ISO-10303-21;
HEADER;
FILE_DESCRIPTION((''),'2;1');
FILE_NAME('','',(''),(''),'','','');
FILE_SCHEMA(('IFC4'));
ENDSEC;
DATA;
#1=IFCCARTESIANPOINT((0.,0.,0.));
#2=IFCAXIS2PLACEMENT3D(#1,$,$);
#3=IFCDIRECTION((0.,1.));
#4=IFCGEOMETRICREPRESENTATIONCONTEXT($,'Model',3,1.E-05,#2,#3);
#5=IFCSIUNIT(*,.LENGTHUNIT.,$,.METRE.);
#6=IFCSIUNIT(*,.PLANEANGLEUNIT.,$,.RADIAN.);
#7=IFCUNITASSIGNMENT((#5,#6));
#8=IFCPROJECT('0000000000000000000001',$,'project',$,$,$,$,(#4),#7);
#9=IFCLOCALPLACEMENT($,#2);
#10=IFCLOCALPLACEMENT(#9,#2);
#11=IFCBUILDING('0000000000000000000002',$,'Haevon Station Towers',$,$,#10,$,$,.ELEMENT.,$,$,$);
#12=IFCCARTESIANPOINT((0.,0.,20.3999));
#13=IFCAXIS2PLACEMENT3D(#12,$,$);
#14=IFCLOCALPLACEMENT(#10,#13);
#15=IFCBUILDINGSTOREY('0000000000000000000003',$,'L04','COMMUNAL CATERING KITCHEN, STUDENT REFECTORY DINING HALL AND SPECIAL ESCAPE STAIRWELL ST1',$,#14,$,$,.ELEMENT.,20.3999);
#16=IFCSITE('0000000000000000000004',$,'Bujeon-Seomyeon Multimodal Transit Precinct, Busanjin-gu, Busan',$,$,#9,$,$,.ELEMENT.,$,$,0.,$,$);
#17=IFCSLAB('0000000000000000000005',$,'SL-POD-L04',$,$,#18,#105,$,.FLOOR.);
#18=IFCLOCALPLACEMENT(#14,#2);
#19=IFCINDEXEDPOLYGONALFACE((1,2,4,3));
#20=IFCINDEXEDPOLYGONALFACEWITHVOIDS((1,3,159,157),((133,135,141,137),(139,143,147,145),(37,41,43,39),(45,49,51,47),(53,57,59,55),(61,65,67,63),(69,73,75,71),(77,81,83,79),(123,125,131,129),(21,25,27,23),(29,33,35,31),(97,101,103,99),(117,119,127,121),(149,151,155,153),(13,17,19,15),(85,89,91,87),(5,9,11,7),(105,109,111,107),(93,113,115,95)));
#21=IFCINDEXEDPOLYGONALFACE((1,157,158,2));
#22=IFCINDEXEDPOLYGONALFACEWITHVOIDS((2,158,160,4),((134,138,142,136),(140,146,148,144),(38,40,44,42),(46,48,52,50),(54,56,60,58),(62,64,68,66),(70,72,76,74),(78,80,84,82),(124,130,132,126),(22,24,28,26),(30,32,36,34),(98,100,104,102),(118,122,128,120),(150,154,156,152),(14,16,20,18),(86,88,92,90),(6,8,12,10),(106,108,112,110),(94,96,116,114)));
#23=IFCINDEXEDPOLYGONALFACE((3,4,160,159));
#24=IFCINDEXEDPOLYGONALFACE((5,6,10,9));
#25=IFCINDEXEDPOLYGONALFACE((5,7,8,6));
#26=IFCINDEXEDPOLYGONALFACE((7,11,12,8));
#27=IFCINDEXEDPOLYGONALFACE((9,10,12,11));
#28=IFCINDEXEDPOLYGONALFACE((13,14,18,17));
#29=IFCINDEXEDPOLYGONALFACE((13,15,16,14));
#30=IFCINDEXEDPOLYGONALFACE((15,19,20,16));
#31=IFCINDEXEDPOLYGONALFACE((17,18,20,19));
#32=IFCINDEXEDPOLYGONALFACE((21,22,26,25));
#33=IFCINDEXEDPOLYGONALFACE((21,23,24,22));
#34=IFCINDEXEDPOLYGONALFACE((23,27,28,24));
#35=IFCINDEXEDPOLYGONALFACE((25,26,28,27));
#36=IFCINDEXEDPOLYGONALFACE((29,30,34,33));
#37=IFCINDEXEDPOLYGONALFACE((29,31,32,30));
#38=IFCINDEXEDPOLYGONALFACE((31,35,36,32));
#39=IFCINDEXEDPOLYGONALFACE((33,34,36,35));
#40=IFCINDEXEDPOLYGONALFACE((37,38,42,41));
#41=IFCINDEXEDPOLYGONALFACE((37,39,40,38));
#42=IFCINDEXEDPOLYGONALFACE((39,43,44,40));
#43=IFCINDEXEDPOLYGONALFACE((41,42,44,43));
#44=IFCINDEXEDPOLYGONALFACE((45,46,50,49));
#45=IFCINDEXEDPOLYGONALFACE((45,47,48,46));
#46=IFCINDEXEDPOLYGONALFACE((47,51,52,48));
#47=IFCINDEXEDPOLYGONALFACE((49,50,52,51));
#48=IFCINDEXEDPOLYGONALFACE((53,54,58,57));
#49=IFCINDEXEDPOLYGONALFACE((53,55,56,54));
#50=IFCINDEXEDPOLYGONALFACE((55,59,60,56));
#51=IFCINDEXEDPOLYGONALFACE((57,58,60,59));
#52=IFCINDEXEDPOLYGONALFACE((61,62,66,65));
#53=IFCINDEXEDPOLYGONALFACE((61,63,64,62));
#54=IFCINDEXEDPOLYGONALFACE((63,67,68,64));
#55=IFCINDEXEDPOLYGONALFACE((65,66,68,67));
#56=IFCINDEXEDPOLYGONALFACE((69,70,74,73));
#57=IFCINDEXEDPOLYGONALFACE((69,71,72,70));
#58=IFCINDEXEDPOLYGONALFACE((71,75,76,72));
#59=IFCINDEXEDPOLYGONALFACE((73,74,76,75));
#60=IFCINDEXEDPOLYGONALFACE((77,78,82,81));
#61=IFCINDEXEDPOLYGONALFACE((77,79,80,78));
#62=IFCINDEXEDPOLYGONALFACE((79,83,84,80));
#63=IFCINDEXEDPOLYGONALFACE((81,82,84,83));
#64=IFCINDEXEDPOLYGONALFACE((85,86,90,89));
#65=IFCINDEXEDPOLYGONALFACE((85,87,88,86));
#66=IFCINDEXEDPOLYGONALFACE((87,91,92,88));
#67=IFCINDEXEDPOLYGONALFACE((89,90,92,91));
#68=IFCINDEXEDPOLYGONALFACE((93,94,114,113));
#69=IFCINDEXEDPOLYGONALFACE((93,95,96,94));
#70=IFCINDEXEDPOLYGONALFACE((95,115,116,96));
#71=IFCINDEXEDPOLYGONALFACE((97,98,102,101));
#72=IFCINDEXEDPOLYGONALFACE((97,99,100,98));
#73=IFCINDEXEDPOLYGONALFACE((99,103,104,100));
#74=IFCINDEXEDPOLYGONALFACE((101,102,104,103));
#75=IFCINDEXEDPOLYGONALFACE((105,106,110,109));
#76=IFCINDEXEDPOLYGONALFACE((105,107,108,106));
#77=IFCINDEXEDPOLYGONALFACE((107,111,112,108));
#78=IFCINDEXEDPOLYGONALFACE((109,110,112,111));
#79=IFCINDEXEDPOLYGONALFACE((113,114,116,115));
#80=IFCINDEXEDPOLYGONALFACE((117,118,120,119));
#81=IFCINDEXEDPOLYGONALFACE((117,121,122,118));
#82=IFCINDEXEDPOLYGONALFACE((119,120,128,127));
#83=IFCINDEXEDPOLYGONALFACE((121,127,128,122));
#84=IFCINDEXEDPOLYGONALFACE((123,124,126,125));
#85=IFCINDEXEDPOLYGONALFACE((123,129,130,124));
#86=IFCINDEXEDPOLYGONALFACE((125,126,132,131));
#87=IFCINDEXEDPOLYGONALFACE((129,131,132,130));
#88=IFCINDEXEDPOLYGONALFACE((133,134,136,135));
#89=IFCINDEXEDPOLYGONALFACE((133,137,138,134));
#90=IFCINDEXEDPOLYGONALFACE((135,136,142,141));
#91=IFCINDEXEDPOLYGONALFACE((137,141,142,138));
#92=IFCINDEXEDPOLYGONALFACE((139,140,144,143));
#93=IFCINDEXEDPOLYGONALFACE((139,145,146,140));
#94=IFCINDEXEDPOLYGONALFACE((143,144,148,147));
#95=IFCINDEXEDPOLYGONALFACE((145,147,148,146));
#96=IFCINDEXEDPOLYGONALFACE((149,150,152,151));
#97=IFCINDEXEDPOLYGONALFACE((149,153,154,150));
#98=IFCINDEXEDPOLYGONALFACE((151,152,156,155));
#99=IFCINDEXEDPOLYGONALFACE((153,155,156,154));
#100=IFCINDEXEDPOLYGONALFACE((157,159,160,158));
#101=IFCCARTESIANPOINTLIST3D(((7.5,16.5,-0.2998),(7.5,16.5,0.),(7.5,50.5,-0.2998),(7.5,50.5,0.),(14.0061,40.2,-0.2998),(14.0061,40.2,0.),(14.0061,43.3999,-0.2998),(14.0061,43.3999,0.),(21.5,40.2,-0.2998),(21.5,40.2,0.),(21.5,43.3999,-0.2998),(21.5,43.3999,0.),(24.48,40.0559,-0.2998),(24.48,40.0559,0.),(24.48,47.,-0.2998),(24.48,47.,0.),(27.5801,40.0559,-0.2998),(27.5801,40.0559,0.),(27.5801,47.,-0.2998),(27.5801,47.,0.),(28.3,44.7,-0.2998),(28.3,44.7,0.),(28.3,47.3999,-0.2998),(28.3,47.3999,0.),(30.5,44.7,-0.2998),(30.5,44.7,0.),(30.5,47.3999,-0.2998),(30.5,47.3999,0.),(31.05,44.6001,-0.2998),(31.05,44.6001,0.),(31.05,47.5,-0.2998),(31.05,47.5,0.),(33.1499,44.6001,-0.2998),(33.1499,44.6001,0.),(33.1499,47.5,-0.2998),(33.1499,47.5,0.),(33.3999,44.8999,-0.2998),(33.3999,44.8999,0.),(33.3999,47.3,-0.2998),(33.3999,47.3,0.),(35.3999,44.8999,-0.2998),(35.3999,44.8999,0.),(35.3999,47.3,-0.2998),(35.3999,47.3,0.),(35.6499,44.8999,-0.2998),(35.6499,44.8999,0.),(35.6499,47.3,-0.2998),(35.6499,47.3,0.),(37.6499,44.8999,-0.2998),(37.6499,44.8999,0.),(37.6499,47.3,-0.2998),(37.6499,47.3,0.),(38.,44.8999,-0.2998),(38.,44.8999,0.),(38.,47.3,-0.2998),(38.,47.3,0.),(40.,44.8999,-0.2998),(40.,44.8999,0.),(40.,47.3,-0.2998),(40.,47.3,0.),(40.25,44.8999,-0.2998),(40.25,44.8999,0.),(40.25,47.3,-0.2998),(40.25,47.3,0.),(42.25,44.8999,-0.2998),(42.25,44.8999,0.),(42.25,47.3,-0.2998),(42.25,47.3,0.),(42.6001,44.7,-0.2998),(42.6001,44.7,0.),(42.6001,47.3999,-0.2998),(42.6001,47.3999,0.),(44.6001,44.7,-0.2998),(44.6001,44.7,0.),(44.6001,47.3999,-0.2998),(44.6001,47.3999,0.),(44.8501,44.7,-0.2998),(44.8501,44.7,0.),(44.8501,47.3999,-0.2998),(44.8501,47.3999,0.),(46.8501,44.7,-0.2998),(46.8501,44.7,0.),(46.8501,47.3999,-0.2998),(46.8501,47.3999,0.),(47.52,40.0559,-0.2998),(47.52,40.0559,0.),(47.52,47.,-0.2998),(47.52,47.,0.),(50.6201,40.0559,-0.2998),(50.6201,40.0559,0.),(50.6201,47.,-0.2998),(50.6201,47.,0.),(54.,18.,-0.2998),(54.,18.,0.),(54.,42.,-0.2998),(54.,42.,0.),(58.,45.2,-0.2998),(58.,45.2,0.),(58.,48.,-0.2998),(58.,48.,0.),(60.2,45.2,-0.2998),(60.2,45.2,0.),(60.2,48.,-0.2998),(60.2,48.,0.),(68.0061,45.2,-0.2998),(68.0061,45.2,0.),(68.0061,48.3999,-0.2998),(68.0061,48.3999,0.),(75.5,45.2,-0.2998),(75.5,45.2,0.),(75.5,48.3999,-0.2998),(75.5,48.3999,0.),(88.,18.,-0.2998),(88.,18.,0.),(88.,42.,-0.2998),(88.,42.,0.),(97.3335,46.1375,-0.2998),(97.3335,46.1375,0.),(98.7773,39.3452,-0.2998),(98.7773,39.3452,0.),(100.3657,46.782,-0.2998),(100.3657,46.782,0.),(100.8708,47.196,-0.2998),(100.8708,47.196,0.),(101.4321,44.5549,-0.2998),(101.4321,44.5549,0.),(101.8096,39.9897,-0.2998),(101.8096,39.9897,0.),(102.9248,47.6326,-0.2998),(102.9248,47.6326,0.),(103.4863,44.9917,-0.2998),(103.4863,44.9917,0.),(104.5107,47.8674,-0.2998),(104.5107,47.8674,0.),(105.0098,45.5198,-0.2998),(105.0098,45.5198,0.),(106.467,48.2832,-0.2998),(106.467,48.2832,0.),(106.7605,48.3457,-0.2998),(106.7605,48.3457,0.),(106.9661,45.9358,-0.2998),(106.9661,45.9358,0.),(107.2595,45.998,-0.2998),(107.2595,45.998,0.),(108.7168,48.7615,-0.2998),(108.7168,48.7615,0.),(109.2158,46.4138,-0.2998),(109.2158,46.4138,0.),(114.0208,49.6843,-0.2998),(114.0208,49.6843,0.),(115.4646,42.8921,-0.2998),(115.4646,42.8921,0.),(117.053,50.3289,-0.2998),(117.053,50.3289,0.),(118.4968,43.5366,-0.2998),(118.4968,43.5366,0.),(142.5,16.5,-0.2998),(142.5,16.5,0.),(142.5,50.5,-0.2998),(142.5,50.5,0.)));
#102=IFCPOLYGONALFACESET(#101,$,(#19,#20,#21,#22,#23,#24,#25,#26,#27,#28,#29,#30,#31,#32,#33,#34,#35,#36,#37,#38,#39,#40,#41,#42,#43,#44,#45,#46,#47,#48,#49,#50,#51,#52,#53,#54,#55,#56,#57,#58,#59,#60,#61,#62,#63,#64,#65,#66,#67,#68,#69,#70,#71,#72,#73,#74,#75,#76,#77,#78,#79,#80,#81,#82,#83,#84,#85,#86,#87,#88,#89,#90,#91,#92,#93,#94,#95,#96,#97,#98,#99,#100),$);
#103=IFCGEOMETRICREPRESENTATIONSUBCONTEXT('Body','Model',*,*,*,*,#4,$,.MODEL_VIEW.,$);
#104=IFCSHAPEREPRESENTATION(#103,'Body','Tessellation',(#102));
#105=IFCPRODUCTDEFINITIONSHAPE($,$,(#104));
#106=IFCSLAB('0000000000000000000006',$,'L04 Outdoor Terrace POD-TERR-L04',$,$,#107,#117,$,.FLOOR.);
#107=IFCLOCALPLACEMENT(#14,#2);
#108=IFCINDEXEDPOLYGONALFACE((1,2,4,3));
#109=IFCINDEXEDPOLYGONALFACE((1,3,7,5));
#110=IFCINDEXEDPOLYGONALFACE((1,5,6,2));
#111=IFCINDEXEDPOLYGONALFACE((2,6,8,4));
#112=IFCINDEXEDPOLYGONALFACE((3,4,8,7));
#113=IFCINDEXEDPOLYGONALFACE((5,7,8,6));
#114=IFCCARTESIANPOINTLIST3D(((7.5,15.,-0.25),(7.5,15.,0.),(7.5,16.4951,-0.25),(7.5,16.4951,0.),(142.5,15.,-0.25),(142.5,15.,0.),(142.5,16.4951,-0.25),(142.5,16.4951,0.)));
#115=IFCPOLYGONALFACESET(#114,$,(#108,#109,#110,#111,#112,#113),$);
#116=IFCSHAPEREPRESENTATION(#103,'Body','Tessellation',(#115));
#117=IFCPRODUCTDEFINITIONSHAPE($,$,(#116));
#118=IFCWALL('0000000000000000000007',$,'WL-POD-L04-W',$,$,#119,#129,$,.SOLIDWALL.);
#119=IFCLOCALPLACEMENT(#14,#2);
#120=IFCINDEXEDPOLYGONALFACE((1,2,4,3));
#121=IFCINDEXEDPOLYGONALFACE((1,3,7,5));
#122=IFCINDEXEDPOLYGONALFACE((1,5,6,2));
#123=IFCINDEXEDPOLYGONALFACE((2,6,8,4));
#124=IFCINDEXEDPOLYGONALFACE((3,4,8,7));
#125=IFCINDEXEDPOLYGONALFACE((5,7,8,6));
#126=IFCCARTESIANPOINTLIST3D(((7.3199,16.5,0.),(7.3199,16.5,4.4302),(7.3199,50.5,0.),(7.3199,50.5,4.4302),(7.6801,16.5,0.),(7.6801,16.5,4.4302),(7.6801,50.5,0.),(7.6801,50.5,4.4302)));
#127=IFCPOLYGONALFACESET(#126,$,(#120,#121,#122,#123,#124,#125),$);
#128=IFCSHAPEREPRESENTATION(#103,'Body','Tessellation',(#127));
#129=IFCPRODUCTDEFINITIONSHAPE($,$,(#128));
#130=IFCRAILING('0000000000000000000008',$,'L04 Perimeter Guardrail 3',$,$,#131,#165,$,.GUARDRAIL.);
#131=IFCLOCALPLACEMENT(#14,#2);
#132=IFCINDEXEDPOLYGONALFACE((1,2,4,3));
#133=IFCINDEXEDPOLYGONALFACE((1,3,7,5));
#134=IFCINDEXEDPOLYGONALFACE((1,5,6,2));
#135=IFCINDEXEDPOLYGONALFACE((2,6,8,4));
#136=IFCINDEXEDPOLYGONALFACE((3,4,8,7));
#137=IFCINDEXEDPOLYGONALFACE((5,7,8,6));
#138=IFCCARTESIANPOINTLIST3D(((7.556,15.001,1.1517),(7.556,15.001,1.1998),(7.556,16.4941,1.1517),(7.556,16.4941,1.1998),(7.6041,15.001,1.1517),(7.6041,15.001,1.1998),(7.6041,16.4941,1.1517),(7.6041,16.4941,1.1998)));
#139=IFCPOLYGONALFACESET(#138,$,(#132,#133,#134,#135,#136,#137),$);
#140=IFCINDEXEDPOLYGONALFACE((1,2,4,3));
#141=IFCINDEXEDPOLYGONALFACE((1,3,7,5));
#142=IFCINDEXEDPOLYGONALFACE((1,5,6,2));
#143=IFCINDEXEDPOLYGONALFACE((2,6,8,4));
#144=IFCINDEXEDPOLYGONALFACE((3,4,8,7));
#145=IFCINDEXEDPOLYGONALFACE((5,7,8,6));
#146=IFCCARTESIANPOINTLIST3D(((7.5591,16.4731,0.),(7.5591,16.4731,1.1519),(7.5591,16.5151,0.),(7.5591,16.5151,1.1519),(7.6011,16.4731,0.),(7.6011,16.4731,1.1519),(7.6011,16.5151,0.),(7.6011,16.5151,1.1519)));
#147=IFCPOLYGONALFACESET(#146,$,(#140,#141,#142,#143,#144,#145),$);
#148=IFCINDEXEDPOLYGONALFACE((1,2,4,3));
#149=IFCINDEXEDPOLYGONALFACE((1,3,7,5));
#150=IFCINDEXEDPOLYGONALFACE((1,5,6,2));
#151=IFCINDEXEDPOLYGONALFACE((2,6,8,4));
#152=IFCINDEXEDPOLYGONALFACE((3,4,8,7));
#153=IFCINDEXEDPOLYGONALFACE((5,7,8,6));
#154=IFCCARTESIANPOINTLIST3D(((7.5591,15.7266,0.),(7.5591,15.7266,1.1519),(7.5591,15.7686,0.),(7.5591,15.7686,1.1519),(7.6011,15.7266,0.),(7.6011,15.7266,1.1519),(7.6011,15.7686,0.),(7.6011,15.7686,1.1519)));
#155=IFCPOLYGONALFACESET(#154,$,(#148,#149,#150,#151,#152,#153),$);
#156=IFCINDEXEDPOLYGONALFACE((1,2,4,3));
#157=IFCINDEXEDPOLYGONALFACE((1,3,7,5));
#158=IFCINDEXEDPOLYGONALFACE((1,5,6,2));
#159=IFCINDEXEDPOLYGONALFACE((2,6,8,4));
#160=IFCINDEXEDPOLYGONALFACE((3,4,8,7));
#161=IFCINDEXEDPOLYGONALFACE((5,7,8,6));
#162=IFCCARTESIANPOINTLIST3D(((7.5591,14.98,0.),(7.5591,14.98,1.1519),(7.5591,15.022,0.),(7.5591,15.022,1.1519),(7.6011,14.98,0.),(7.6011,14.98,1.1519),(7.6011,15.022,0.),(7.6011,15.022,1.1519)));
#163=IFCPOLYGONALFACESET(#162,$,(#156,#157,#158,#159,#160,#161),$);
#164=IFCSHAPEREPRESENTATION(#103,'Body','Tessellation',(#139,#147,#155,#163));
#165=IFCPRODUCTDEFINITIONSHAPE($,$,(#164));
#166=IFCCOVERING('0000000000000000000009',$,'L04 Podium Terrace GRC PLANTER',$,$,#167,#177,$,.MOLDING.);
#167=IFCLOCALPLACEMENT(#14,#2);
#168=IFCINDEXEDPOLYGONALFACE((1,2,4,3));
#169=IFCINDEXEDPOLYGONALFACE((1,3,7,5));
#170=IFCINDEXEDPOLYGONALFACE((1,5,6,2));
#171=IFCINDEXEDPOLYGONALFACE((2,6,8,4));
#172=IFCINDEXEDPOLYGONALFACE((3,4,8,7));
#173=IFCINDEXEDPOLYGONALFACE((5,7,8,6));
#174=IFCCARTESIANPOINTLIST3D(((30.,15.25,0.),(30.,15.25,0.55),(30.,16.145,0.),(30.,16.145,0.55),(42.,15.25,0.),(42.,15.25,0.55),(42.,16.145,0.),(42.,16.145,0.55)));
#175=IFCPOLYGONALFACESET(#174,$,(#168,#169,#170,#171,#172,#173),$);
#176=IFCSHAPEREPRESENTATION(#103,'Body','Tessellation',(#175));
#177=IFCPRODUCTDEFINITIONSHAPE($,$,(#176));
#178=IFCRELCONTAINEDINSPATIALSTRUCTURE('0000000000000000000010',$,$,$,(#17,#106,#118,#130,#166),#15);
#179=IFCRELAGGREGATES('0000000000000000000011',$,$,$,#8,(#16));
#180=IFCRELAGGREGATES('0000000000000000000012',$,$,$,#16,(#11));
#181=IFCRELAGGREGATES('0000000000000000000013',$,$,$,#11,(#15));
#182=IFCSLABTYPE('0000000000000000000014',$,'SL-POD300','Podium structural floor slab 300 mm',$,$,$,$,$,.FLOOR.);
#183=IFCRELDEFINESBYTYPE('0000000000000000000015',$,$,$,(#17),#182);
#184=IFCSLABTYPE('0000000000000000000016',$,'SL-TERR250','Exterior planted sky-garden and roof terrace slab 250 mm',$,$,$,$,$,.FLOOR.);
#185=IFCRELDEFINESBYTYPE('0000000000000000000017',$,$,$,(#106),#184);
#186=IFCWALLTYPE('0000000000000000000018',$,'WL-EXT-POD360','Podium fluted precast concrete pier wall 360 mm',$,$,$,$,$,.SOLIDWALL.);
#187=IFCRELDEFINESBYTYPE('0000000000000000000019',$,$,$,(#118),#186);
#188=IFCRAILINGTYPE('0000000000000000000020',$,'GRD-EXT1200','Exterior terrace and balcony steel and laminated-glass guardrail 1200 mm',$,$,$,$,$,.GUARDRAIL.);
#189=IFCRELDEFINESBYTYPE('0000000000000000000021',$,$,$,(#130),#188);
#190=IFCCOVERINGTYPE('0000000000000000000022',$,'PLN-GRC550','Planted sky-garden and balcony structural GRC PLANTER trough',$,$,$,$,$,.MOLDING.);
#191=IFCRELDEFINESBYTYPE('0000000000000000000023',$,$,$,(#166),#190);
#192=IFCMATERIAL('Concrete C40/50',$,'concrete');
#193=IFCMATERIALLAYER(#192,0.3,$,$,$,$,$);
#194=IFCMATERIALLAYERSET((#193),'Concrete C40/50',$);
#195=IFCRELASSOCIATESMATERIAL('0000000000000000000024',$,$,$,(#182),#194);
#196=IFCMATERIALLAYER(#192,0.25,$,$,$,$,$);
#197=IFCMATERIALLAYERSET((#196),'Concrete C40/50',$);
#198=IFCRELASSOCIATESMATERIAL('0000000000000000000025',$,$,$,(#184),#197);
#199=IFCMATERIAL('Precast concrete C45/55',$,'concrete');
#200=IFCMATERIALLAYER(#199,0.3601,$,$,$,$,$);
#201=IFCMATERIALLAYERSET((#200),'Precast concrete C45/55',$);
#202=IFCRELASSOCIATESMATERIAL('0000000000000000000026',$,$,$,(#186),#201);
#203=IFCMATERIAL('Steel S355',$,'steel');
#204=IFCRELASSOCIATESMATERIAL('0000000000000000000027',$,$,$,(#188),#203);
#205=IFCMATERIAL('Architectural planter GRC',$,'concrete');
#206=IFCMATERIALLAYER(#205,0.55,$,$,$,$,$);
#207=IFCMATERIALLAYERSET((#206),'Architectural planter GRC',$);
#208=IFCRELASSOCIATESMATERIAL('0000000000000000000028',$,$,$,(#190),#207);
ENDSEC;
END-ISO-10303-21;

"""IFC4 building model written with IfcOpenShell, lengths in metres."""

from ifc_helpers import new_model, si_unit, direction, frame, frame_2d, origin, origin_2d, place, context, subcontext, project, spatial, polyline, rectangle, outline, extrude, material, layer, layer_set, type_object, element, save


model = new_model("IFC4")

# Units and contexts
model_context = context("Model", 3, precision=1e-05, world=origin(), true_north=direction((0.0, 1.0)))
body_context = subcontext(model_context, "Body", "Model", "MODEL_VIEW")
ifc_project = project(units=[si_unit("LENGTHUNIT", "METRE"), si_unit("PLANEANGLEUNIT", "RADIAN")], contexts=[model_context])

# Site, building, storey
site_placement = place(None, origin())
site = spatial("IfcSite", under=ifc_project, at=site_placement, Name="Bujeon-Seomyeon Multimodal Transit Precinct, Busanjin-gu, Busan", CompositionType="ELEMENT", RefElevation=0.0)
building_placement = place(site_placement, origin())
building = spatial("IfcBuilding", under=site, at=building_placement, Name="Haevon Station Towers", CompositionType="ELEMENT")
storey_placement = place(building_placement, frame((0.0, 0.0, 20.3999)))
storey = spatial("IfcBuildingStorey", under=building, at=storey_placement, Name="L04", Description="COMMUNAL CATERING KITCHEN, STUDENT REFECTORY DINING HALL AND SPECIAL ESCAPE STAIRWELL ST1", CompositionType="ELEMENT", Elevation=20.3999)

# Shared definitions
ifc_material_1 = material(Name="Steel S355", Category="steel")

# Shared definitions
ifc_material_2 = material(Name="Concrete C40/50", Category="concrete")

# Slabs
ifc_layer_1 = layer(ifc_material_2, 0.3)
ifc_layer_set_1 = layer_set([ifc_layer_1], Name="Concrete C40/50")
slab_type_1 = type_object("IfcSlabType", Name="SL-POD300", Description="Podium structural floor slab 300 mm", PredefinedType="FLOOR", material=ifc_layer_set_1)
slab_1_placement = place(storey_placement, frame((0.0, 0.0, -0.2998)))
element("IfcSlab", 1, at=slab_1_placement, inside=storey, type_object=slab_type_1, Name="SL-POD-L04", PredefinedType="FLOOR", context=body_context, shape_type="SweptSolid", body=[
    extrude(outline(polyline([(7.5, 16.5), (142.5, 16.5), (142.5, 50.5), (7.5, 50.5), (7.5, 16.5)]), holes=[polyline([(54.0, 18.0), (88.0, 18.0), (88.0, 42.0), (54.0, 42.0), (54.0, 18.0)]), polyline([(27.5801, 40.0559), (27.5801, 47.0), (24.48, 47.0), (24.48, 40.0559), (27.5801, 40.0559)]), polyline([(50.6201, 40.0559), (50.6201, 47.0), (47.52, 47.0), (47.52, 40.0559), (50.6201, 40.0559)]), polyline([(101.8096, 39.9897), (100.3657, 46.782), (97.3335, 46.1375), (98.7773, 39.3452), (101.8096, 39.9897)]), polyline([(118.4968, 43.5366), (117.053, 50.3289), (114.0208, 49.6843), (115.4646, 42.8921), (118.4968, 43.5366)]), polyline([(14.0061, 40.2), (21.5, 40.2), (21.5, 43.3999), (14.0061, 43.3999), (14.0061, 40.2)]), polyline([(68.0061, 45.2), (75.5, 45.2), (75.5, 48.3999), (68.0061, 48.3999), (68.0061, 45.2)]), polyline([(28.3, 44.7), (30.5, 44.7), (30.5, 47.3999), (28.3, 47.3999), (28.3, 44.7)]), polyline([(101.4321, 44.5549), (103.4863, 44.9917), (102.9248, 47.6326), (100.8708, 47.196), (101.4321, 44.5549)]), polyline([(31.05, 44.6001), (33.1499, 44.6001), (33.1499, 47.5), (31.05, 47.5), (31.05, 44.6001)]), polyline([(33.3999, 44.8999), (35.3999, 44.8999), (35.3999, 47.3), (33.3999, 47.3), (33.3999, 44.8999)]), polyline([(35.6499, 44.8999), (37.6499, 44.8999), (37.6499, 47.3), (35.6499, 47.3), (35.6499, 44.8999)]), polyline([(38.0, 44.8999), (40.0, 44.8999), (40.0, 47.3), (38.0, 47.3), (38.0, 44.8999)]), polyline([(40.25, 44.8999), (42.25, 44.8999), (42.25, 47.3), (40.25, 47.3), (40.25, 44.8999)]), polyline([(42.6001, 44.7), (44.6001, 44.7), (44.6001, 47.3999), (42.6001, 47.3999), (42.6001, 44.7)]), polyline([(44.8501, 44.7), (46.8501, 44.7), (46.8501, 47.3999), (44.8501, 47.3999), (44.8501, 44.7)]), polyline([(105.0098, 45.5198), (106.9661, 45.9358), (106.467, 48.2832), (104.5107, 47.8674), (105.0098, 45.5198)]), polyline([(107.2595, 45.998), (109.2158, 46.4138), (108.7168, 48.7615), (106.7605, 48.3457), (107.2595, 45.998)]), polyline([(58.0, 45.2), (60.2, 45.2), (60.2, 48.0), (58.0, 48.0), (58.0, 45.2)])]), origin(), (0.0, 0.0, 1.0), 0.2998),
])
ifc_layer_2 = layer(ifc_material_2, 0.25)
ifc_layer_set_2 = layer_set([ifc_layer_2], Name="Concrete C40/50")
slab_type_2 = type_object("IfcSlabType", Name="SL-TERR250", Description="Exterior planted sky-garden and roof terrace slab 250 mm", PredefinedType="FLOOR", material=ifc_layer_set_2)
slab_2_placement = place(storey_placement, frame((0.0, 0.0, -0.25)))
element("IfcSlab", 2, at=slab_2_placement, inside=storey, type_object=slab_type_2, Name="L04 Outdoor Terrace POD-TERR-L04", PredefinedType="FLOOR", context=body_context, shape_type="SweptSolid", body=[
    extrude(outline(polyline([(7.5, 15.0), (142.5, 15.0), (142.5, 16.4951), (7.5, 16.4951), (7.5, 15.0)])), origin(), (0.0, 0.0, 1.0), 0.25),
])

# Wall
ifc_material_3 = material(Name="Precast concrete C45/55", Category="concrete")
ifc_layer_3 = layer(ifc_material_3, 0.3601)
ifc_layer_set_3 = layer_set([ifc_layer_3], Name="Precast concrete C45/55")
wall_type = type_object("IfcWallType", Name="WL-EXT-POD360", Description="Podium fluted precast concrete pier wall 360 mm", PredefinedType="SOLIDWALL", material=ifc_layer_set_3)
wall_placement = place(storey_placement, frame((7.5, 16.5, 0.0), z_axis=(0.0, 0.0, 1.0), x_axis=(0.0, 1.0, 0.0)))
element("IfcWall", 3, at=wall_placement, inside=storey, type_object=wall_type, Name="WL-POD-L04-W", PredefinedType="SOLIDWALL", context=body_context, shape_type="SweptSolid", body=[
    extrude(rectangle(XDim=34.0, YDim=0.3601, at=frame_2d((17.0, 0.0))), origin(), (0.0, 0.0, 1.0), 4.4302),
])

# Railing
railing_type = type_object("IfcRailingType", Name="GRD-EXT1200", Description="Exterior terrace and balcony steel and laminated-glass guardrail 1200 mm", PredefinedType="GUARDRAIL", material=ifc_material_1)
railing_1_placement = place(storey_placement, frame((7.5801, 16.4941, 0.0)))
element("IfcRailing", 4, at=railing_1_placement, inside=storey, type_object=railing_type, Name="L04 Perimeter Guardrail 3", PredefinedType="GUARDRAIL", context=body_context, shape_type="SweptSolid", body=[
    extrude(rectangle(XDim=0.0481, YDim=0.0481, at=origin_2d()), frame((0.0, 0.0, 1.1758), z_axis=(0.0, -1.0, 0.0), x_axis=(1.0, 0.0, 0.0)), (0.0, 0.0, 1.0), 1.4932),
    extrude(rectangle(XDim=0.042, YDim=0.042, at=origin_2d()), origin(), (0.0, 0.0, 1.0), 1.1519),
    extrude(rectangle(XDim=0.042, YDim=0.042, at=origin_2d()), frame((0.0, -0.7466, 0.0)), (0.0, 0.0, 1.0), 1.1519),
    extrude(rectangle(XDim=0.042, YDim=0.042, at=origin_2d()), frame((0.0, -1.4932, 0.0)), (0.0, 0.0, 1.0), 1.1519),
])

# Covering
ifc_material_4 = material(Name="Architectural planter GRC", Category="concrete")
ifc_layer_4 = layer(ifc_material_4, 0.55)
ifc_layer_set_4 = layer_set([ifc_layer_4], Name="Architectural planter GRC")
covering_type = type_object("IfcCoveringType", Name="PLN-GRC550", Description="Planted sky-garden and balcony structural GRC PLANTER trough", PredefinedType="MOLDING", material=ifc_layer_set_4)
covering_placement = place(storey_placement, origin())
element("IfcCovering", 5, at=covering_placement, inside=storey, type_object=covering_type, Name="L04 Podium Terrace GRC PLANTER", PredefinedType="MOLDING", context=body_context, shape_type="SweptSolid", body=[
    extrude(outline(polyline([(30.0, 15.25), (42.0, 15.25), (42.0, 16.145), (30.0, 16.145), (30.0, 15.25)])), origin(), (0.0, 0.0, 1.0), 0.55),
])

save(model, "model.ifc")
